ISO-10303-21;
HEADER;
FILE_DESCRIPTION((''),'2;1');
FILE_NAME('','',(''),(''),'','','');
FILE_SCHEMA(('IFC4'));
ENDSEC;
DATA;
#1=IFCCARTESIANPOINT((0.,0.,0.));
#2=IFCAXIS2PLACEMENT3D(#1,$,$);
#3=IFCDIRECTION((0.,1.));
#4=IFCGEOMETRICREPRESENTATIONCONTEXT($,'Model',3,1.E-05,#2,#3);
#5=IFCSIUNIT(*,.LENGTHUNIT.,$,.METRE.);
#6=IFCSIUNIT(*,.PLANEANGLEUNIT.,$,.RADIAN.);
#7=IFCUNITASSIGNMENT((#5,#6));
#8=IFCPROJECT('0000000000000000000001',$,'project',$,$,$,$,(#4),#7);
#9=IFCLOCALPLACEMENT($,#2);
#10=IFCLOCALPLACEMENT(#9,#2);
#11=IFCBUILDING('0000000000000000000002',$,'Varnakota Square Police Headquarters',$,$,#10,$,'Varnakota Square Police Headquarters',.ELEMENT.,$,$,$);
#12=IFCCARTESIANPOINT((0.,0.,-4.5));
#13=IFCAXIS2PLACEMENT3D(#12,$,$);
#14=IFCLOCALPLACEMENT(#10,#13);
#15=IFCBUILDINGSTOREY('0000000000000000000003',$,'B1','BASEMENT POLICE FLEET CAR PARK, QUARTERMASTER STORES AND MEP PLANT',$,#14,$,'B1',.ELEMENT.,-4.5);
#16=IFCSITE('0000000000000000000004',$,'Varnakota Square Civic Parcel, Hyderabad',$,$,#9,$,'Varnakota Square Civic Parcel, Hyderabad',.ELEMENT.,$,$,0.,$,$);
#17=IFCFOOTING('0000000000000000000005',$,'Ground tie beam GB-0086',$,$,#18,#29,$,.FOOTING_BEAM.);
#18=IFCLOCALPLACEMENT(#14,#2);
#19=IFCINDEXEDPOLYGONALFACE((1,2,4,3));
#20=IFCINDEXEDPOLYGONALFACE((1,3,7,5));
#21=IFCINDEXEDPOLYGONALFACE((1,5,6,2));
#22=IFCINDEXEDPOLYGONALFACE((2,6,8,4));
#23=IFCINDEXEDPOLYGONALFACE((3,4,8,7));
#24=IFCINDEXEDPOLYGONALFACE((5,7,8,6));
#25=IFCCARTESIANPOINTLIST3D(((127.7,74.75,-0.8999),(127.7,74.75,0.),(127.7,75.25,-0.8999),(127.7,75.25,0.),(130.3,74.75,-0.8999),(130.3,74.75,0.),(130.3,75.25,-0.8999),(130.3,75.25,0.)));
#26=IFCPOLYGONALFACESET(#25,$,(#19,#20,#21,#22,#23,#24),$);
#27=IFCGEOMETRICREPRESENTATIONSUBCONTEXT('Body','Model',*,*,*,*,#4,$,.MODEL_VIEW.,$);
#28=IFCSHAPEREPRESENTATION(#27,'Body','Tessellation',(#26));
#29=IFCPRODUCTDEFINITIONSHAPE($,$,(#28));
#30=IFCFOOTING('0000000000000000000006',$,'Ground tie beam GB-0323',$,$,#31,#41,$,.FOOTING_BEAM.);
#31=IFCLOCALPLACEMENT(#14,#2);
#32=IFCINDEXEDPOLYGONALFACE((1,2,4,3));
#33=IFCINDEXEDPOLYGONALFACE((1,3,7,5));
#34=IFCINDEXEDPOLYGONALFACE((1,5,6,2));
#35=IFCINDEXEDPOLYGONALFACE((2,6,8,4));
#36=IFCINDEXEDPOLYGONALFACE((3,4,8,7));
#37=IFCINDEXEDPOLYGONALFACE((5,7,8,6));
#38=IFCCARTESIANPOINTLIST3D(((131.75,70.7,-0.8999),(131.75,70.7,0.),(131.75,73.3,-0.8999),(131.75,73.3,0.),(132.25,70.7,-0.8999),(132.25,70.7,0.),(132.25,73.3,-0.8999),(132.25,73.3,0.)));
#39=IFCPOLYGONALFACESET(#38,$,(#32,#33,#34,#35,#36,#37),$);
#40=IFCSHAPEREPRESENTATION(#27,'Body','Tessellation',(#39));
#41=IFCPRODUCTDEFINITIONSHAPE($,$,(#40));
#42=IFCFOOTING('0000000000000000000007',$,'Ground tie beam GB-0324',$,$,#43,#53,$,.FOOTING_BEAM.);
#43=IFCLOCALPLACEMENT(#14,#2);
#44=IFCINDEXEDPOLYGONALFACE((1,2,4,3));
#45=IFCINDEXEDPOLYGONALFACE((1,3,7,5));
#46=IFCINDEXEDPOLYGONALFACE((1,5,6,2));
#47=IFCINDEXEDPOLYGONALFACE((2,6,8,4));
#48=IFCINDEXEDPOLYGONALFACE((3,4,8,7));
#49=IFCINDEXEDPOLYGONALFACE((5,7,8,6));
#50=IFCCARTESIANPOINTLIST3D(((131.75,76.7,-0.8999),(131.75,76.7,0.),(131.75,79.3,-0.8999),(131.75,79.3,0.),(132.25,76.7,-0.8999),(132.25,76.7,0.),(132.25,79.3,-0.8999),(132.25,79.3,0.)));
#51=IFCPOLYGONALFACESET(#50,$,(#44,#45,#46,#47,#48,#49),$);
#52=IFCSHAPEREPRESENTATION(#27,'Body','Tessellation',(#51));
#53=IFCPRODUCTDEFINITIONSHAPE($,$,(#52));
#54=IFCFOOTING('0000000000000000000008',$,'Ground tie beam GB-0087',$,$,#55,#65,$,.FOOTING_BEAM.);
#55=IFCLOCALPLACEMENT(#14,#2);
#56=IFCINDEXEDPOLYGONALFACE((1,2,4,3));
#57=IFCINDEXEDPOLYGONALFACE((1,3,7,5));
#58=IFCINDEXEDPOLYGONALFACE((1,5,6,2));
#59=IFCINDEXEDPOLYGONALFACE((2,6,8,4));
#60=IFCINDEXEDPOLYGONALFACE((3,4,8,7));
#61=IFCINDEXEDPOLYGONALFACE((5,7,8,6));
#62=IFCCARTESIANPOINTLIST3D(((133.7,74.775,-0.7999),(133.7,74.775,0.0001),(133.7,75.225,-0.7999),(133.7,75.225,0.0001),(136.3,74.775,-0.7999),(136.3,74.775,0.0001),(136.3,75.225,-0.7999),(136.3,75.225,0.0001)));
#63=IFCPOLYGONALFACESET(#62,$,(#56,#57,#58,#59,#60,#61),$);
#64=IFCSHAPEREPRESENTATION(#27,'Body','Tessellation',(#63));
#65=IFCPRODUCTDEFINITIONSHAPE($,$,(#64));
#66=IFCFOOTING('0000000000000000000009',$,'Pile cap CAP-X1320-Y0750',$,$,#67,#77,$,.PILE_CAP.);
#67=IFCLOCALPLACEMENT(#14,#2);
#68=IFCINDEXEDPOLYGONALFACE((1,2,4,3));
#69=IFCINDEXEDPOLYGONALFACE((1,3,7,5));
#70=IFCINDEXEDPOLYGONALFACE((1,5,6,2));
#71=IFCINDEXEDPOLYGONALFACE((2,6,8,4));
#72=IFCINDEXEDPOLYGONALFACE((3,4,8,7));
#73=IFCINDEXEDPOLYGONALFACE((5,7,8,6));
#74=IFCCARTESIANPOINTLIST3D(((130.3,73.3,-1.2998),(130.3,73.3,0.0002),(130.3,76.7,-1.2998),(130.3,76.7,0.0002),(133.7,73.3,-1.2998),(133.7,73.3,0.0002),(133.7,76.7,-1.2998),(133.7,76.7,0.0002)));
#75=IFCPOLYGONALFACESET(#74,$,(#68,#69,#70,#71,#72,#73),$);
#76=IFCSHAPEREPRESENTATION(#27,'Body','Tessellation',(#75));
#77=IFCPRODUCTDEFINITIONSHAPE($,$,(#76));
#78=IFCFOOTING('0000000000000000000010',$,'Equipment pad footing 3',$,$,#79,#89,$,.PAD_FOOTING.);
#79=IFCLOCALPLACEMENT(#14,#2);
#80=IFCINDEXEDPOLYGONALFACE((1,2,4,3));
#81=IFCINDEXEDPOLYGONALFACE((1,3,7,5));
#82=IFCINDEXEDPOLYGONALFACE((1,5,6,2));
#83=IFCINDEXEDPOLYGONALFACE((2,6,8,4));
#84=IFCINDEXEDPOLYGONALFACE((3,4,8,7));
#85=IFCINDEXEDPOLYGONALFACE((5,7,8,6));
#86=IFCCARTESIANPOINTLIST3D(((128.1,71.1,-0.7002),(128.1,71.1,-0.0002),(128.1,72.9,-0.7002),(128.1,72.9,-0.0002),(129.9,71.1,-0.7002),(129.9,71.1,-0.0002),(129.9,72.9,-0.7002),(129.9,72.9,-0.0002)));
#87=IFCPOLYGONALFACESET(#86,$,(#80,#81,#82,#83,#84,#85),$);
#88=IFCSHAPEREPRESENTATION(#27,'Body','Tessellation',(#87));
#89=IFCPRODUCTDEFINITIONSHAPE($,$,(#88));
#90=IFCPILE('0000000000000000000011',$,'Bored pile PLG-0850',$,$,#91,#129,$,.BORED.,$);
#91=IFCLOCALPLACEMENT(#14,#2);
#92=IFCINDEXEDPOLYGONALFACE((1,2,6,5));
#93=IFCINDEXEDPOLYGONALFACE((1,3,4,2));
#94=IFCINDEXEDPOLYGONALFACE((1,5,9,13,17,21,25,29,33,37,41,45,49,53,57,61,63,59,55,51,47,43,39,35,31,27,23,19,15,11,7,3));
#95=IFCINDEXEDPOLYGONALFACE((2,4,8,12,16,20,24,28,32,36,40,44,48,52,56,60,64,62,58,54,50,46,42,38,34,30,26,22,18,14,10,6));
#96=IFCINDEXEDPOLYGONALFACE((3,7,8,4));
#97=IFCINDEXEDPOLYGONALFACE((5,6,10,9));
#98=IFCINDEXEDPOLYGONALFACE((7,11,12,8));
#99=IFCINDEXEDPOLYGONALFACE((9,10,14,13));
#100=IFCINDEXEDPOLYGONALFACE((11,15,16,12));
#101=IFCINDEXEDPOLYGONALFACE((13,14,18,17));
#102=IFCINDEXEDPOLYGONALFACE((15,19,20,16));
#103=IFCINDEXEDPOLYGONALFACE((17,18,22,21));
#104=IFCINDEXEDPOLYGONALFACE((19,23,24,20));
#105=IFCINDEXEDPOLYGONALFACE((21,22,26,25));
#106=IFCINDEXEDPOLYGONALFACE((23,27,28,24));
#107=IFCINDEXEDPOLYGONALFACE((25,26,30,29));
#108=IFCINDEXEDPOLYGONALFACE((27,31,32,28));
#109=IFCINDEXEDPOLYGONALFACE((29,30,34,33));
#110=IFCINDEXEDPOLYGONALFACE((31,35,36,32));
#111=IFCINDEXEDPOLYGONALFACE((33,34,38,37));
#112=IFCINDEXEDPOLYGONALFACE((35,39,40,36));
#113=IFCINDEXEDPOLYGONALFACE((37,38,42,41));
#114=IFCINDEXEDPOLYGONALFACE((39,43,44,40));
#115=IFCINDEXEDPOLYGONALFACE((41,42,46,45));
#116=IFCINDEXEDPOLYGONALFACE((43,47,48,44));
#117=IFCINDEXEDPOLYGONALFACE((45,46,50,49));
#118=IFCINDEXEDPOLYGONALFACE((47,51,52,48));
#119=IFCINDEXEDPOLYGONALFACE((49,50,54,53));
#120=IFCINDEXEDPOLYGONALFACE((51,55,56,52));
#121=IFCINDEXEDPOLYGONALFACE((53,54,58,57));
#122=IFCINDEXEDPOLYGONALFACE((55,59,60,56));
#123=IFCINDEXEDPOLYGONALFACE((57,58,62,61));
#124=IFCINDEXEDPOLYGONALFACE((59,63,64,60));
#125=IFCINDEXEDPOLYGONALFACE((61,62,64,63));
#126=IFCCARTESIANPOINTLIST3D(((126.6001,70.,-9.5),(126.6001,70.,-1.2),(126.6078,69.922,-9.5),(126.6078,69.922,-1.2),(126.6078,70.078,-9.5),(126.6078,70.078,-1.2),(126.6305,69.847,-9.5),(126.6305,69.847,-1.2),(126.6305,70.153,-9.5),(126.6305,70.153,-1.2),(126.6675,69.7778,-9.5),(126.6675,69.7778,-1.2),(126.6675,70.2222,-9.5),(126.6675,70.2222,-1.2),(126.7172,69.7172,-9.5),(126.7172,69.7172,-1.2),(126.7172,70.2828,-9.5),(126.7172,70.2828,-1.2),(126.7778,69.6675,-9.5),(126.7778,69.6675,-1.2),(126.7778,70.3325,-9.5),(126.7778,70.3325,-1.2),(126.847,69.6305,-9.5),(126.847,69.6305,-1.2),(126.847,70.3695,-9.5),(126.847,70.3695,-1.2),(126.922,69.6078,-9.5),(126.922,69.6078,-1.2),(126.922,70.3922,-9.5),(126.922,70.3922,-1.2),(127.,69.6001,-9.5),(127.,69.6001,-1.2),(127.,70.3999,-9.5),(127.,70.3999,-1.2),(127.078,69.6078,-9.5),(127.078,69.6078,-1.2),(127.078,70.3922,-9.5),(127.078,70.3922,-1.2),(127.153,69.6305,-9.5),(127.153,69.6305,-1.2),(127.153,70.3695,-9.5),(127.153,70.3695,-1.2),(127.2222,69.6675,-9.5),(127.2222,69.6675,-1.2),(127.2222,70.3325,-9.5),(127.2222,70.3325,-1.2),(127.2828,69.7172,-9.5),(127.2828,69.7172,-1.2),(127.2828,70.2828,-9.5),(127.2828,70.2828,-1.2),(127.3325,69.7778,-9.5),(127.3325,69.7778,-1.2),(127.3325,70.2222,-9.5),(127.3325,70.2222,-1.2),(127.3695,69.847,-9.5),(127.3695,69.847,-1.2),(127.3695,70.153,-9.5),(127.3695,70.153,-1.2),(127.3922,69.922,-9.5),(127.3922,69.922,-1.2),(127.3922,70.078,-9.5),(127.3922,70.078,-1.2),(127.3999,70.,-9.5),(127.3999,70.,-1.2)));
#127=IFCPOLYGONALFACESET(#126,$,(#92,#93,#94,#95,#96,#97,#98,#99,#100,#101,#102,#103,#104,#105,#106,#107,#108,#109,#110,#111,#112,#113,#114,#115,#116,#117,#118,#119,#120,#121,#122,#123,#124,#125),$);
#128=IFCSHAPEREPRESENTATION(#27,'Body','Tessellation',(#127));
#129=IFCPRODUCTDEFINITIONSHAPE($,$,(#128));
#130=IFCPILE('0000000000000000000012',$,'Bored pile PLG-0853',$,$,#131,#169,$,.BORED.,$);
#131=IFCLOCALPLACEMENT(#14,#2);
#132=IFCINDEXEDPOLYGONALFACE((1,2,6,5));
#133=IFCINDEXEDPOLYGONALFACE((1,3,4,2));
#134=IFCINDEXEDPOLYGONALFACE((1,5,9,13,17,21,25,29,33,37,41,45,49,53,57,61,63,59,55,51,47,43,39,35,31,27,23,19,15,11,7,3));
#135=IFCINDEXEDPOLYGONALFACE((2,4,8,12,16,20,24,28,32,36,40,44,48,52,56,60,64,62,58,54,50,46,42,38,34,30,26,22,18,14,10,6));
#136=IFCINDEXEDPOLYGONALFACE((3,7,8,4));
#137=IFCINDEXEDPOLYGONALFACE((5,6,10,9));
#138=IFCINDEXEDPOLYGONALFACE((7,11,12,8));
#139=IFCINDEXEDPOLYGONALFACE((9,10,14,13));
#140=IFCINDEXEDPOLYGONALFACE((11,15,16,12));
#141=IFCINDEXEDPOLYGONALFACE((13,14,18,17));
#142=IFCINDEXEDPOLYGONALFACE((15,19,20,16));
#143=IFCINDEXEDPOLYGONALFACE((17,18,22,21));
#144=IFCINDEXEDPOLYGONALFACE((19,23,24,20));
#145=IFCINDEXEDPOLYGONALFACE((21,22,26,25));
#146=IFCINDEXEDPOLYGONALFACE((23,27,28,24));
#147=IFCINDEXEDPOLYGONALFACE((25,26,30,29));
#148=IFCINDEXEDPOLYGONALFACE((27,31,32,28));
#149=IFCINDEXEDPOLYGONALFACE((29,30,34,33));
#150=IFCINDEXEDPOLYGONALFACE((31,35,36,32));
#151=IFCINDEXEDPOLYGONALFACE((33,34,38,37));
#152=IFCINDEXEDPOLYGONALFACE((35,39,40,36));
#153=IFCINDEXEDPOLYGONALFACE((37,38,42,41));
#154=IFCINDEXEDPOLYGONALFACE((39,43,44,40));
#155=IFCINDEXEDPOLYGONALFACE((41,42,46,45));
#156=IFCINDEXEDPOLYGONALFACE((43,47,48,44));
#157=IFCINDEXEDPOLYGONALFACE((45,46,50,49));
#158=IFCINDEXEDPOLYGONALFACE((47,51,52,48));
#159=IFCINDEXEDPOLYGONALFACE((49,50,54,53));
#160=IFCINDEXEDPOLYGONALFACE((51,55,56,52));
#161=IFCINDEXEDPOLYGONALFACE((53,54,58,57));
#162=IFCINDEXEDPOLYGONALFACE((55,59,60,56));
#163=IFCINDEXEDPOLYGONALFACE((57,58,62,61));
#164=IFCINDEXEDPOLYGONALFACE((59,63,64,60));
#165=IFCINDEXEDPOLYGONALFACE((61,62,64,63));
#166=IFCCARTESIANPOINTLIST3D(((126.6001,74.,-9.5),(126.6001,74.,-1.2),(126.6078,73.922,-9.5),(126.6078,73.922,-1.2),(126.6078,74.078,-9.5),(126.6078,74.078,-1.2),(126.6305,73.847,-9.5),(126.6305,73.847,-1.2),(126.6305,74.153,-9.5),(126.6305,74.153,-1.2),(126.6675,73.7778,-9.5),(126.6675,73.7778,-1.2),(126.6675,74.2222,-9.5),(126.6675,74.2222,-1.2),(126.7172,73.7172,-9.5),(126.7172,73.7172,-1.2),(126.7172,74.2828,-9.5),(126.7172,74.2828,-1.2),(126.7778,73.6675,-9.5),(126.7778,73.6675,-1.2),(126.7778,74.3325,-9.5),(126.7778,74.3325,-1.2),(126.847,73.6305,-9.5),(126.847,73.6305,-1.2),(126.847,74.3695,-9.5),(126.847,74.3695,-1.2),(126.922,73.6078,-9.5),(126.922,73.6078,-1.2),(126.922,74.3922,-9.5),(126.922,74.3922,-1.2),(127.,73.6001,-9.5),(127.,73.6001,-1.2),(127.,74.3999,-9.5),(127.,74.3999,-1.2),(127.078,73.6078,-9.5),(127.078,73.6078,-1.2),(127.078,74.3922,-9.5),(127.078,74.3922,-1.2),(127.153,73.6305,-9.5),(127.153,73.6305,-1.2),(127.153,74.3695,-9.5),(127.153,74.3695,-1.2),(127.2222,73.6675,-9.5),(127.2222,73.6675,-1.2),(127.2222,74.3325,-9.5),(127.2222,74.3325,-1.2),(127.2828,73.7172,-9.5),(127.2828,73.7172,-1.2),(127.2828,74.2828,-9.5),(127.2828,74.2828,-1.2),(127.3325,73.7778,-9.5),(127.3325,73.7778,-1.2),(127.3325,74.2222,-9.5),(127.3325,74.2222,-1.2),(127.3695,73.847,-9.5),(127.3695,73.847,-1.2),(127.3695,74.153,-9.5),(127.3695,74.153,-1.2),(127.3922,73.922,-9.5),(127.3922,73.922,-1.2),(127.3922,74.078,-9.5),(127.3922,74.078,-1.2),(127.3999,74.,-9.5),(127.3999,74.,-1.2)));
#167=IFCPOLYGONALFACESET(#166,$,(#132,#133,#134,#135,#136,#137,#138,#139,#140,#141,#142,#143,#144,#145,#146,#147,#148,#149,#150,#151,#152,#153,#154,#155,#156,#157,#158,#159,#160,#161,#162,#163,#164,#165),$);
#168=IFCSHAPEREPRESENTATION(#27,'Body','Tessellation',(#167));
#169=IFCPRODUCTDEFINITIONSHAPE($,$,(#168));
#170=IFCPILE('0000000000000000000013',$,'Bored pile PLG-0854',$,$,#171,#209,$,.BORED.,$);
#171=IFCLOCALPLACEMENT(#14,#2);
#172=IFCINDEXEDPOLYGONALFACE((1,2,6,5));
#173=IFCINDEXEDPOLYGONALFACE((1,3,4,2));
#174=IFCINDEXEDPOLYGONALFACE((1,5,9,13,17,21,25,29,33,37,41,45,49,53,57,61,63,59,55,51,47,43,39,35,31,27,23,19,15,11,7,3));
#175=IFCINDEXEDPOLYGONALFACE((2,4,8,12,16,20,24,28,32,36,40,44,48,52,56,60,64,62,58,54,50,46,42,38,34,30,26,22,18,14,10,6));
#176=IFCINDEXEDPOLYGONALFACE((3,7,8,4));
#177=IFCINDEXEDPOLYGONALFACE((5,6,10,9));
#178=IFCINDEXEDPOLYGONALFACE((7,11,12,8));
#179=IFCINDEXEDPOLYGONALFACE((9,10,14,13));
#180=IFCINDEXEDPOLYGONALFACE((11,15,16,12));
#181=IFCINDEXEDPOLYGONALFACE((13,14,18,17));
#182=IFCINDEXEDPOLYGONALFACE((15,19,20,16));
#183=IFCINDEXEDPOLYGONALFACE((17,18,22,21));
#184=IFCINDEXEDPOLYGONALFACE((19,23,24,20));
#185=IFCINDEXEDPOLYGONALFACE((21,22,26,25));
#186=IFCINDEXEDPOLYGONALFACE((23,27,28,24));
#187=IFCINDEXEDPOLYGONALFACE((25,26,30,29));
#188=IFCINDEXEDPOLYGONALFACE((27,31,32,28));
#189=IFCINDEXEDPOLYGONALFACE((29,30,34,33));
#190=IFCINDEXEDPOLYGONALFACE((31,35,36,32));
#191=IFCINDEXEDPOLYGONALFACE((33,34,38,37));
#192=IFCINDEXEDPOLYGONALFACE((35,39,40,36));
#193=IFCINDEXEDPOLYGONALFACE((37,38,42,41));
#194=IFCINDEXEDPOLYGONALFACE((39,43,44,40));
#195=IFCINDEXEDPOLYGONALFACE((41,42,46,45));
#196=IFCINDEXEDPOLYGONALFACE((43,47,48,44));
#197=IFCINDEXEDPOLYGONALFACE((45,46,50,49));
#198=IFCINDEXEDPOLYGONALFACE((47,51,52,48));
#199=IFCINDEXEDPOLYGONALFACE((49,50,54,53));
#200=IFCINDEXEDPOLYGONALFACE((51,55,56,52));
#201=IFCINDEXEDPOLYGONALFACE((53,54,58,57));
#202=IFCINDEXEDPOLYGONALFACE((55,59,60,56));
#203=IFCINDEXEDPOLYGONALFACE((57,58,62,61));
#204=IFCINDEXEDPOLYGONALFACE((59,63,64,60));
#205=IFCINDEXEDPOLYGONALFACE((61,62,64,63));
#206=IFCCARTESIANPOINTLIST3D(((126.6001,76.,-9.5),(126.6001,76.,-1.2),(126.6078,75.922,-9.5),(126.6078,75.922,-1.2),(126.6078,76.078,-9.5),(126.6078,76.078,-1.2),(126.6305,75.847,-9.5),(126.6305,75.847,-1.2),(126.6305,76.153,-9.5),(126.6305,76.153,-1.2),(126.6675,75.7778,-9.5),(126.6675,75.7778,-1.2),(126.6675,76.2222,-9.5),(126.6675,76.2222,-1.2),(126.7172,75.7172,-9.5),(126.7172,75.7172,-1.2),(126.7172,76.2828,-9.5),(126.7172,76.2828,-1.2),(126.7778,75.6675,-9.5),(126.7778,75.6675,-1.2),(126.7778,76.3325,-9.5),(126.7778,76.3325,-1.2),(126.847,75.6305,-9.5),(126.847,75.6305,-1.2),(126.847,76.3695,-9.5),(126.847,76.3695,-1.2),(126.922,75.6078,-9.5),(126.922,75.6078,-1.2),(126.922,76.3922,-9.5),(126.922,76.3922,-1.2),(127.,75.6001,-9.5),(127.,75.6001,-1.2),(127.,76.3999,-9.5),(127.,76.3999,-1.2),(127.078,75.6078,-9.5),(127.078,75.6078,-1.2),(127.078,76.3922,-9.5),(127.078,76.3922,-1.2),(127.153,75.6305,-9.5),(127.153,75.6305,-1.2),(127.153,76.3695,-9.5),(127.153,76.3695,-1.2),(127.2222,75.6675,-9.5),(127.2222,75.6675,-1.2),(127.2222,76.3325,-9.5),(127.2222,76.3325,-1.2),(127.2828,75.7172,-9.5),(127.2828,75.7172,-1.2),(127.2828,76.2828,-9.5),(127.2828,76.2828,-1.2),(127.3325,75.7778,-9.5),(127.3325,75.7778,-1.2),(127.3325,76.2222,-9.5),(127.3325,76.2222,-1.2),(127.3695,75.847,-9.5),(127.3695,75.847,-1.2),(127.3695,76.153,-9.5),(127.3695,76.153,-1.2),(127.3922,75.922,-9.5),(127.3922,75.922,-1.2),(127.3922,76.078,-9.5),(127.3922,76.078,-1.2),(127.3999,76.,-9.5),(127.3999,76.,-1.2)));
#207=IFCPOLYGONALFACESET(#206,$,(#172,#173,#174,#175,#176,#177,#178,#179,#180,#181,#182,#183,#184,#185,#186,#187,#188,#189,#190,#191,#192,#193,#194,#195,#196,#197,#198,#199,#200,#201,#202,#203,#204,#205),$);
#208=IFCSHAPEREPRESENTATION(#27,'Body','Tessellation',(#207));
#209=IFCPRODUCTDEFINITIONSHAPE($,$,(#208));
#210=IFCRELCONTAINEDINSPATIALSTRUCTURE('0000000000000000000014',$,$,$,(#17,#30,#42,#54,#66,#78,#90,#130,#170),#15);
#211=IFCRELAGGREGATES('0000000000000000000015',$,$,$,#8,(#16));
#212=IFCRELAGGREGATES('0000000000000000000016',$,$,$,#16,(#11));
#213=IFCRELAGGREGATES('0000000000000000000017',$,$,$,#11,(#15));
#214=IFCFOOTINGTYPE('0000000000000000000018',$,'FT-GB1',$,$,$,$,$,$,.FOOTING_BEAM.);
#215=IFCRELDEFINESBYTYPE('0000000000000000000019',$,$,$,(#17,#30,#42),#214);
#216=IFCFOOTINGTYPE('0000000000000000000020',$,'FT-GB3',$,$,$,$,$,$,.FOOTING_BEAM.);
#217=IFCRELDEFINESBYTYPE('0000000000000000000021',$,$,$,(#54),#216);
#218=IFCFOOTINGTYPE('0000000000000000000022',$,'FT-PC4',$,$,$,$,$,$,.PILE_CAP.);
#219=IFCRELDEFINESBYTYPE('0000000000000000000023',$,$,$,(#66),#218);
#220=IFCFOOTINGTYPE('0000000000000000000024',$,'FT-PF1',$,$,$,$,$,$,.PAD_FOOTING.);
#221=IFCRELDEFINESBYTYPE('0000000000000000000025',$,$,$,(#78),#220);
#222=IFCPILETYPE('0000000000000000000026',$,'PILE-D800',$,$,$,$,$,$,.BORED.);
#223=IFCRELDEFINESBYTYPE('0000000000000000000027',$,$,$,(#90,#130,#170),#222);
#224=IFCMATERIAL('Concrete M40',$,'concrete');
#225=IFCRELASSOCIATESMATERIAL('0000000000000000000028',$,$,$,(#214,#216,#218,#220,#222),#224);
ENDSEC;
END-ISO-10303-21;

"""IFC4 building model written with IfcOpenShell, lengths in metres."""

from ifc_helpers import new_model, si_unit, direction, frame, origin, origin_2d, place, context, subcontext, project, spatial, rectangle, circle, extrude, material, material_profile, profile_set, type_object, element, save


model = new_model("IFC4")

# Units and contexts
model_context = context("Model", 3, precision=1e-05, world=origin(), true_north=direction((0.0, 1.0)))
body_context = subcontext(model_context, "Body", "Model", "MODEL_VIEW")
ifc_project = project(units=[si_unit("LENGTHUNIT", "METRE"), si_unit("PLANEANGLEUNIT", "RADIAN")], contexts=[model_context])

# Site, building, storey
site_placement = place(None, origin())
site = spatial("IfcSite", under=ifc_project, at=site_placement, Name="Varnakota Square Civic Parcel, Hyderabad", LongName="Varnakota Square Civic Parcel, Hyderabad", CompositionType="ELEMENT", RefElevation=0.0)
building_placement = place(site_placement, origin())
building = spatial("IfcBuilding", under=site, at=building_placement, Name="Varnakota Square Police Headquarters", LongName="Varnakota Square Police Headquarters", CompositionType="ELEMENT")
storey_placement = place(building_placement, frame((0.0, 0.0, -4.5)))
storey = spatial("IfcBuildingStorey", under=building, at=storey_placement, Name="B1", Description="BASEMENT POLICE FLEET CAR PARK, QUARTERMASTER STORES AND MEP PLANT", LongName="B1", CompositionType="ELEMENT", Elevation=-4.5)

# Footings
ifc_material_1 = material(Name="Concrete M40", Category="concrete")
ifc_material_profile_1 = material_profile(ifc_material_1, rectangle(XDim=0.5, YDim=0.8999, at=origin_2d()), Name="GB 500x900")
ifc_profile_set_1 = profile_set([ifc_material_profile_1], Name="Concrete M40")
footing_type_1 = type_object("IfcFootingType", Name="FT-GB1", PredefinedType="FOOTING_BEAM", material=ifc_profile_set_1)
for number, where, z_axis, x_axis, name in (
    (1, (127.7, 75.0, -0.45), (1.0, 0.0, 0.0), (0.0, 1.0, 0.0), "Ground tie beam GB-0086"),
    (2, (132.0, 70.7, -0.45), (0.0, 1.0, 0.0), (-1.0, 0.0, 0.0), "Ground tie beam GB-0323"),
    (3, (132.0, 76.7, -0.45), (0.0, 1.0, 0.0), (-1.0, 0.0, 0.0), "Ground tie beam GB-0324"),
):
    element("IfcFooting", number, at=place(storey_placement, frame(where, z_axis=z_axis, x_axis=x_axis)), inside=storey, type_object=footing_type_1, Name=name, PredefinedType="FOOTING_BEAM", context=body_context, shape_type="SweptSolid", body=[
        extrude(rectangle(XDim=0.5, YDim=0.8999, at=origin_2d()), origin(), (0.0, 0.0, 1.0), 2.6001),
    ])
ifc_material_profile_2 = material_profile(ifc_material_1, rectangle(XDim=0.45, YDim=0.8, at=origin_2d()), Name="GB 450x800")
ifc_profile_set_2 = profile_set([ifc_material_profile_2], Name="Concrete M40")
footing_type_2 = type_object("IfcFootingType", Name="FT-GB3", PredefinedType="FOOTING_BEAM", material=ifc_profile_set_2)
footing_1_placement = place(storey_placement, frame((133.7, 75.0, -0.3999), z_axis=(1.0, 0.0, 0.0), x_axis=(0.0, 1.0, 0.0)))
element("IfcFooting", 4, at=footing_1_placement, inside=storey, type_object=footing_type_2, Name="Ground tie beam GB-0087", PredefinedType="FOOTING_BEAM", context=body_context, shape_type="SweptSolid", body=[
    extrude(rectangle(XDim=0.45, YDim=0.8, at=origin_2d()), origin(), (0.0, 0.0, 1.0), 2.6001),
])
footing_type_3 = type_object("IfcFootingType", Name="FT-PC4", PredefinedType="PILE_CAP", material=ifc_material_1)
footing_2_placement = place(storey_placement, frame((132.0, 75.0, -1.2998), z_axis=(0.0, 0.0, 1.0), x_axis=(1.0, 0.0, 0.0)))
element("IfcFooting", 5, at=footing_2_placement, inside=storey, type_object=footing_type_3, Name="Pile cap CAP-X1320-Y0750", PredefinedType="PILE_CAP", context=body_context, shape_type="SweptSolid", body=[
    extrude(rectangle(XDim=3.3999, YDim=3.3999, at=origin_2d()), origin(), (0.0, 0.0, 1.0), 1.3),
])
footing_type_4 = type_object("IfcFootingType", Name="FT-PF1", PredefinedType="PAD_FOOTING", material=ifc_material_1)
footing_3_placement = place(storey_placement, frame((129.0, 72.0, -0.7002), z_axis=(0.0, 0.0, 1.0), x_axis=(1.0, 0.0, 0.0)))
element("IfcFooting", 6, at=footing_3_placement, inside=storey, type_object=footing_type_4, Name="Equipment pad footing 3", PredefinedType="PAD_FOOTING", context=body_context, shape_type="SweptSolid", body=[
    extrude(rectangle(XDim=1.8, YDim=1.8, at=origin_2d()), origin(), (0.0, 0.0, 1.0), 0.7),
])

# Piles
ifc_material_profile_3 = material_profile(ifc_material_1, circle(Radius=0.3999, at=origin_2d()), Name="BORED PILE 800")
ifc_profile_set_3 = profile_set([ifc_material_profile_3], Name="Concrete M40")
pile_type = type_object("IfcPileType", Name="PILE-D800", PredefinedType="BORED", material=ifc_profile_set_3)
for number, where, z_axis, x_axis, name in (
    (7, (127.0, 70.0, -1.2), (0.0, 0.0, -1.0), (1.0, 0.0, 0.0), "Bored pile PLG-0850"),
    (8, (127.0, 74.0, -1.2), (0.0, 0.0, -1.0), (1.0, 0.0, 0.0), "Bored pile PLG-0853"),
    (9, (127.0, 76.0, -1.2), (0.0, 0.0, -1.0), (1.0, 0.0, 0.0), "Bored pile PLG-0854"),
):
    element("IfcPile", number, at=place(storey_placement, frame(where, z_axis=z_axis, x_axis=x_axis)), inside=storey, type_object=pile_type, Name=name, PredefinedType="BORED", context=body_context, shape_type="SweptSolid", body=[
        extrude(circle(Radius=0.3999, at=origin_2d()), origin(), (0.0, 0.0, 1.0), 8.3),
    ])

save(model, "model.ifc")
